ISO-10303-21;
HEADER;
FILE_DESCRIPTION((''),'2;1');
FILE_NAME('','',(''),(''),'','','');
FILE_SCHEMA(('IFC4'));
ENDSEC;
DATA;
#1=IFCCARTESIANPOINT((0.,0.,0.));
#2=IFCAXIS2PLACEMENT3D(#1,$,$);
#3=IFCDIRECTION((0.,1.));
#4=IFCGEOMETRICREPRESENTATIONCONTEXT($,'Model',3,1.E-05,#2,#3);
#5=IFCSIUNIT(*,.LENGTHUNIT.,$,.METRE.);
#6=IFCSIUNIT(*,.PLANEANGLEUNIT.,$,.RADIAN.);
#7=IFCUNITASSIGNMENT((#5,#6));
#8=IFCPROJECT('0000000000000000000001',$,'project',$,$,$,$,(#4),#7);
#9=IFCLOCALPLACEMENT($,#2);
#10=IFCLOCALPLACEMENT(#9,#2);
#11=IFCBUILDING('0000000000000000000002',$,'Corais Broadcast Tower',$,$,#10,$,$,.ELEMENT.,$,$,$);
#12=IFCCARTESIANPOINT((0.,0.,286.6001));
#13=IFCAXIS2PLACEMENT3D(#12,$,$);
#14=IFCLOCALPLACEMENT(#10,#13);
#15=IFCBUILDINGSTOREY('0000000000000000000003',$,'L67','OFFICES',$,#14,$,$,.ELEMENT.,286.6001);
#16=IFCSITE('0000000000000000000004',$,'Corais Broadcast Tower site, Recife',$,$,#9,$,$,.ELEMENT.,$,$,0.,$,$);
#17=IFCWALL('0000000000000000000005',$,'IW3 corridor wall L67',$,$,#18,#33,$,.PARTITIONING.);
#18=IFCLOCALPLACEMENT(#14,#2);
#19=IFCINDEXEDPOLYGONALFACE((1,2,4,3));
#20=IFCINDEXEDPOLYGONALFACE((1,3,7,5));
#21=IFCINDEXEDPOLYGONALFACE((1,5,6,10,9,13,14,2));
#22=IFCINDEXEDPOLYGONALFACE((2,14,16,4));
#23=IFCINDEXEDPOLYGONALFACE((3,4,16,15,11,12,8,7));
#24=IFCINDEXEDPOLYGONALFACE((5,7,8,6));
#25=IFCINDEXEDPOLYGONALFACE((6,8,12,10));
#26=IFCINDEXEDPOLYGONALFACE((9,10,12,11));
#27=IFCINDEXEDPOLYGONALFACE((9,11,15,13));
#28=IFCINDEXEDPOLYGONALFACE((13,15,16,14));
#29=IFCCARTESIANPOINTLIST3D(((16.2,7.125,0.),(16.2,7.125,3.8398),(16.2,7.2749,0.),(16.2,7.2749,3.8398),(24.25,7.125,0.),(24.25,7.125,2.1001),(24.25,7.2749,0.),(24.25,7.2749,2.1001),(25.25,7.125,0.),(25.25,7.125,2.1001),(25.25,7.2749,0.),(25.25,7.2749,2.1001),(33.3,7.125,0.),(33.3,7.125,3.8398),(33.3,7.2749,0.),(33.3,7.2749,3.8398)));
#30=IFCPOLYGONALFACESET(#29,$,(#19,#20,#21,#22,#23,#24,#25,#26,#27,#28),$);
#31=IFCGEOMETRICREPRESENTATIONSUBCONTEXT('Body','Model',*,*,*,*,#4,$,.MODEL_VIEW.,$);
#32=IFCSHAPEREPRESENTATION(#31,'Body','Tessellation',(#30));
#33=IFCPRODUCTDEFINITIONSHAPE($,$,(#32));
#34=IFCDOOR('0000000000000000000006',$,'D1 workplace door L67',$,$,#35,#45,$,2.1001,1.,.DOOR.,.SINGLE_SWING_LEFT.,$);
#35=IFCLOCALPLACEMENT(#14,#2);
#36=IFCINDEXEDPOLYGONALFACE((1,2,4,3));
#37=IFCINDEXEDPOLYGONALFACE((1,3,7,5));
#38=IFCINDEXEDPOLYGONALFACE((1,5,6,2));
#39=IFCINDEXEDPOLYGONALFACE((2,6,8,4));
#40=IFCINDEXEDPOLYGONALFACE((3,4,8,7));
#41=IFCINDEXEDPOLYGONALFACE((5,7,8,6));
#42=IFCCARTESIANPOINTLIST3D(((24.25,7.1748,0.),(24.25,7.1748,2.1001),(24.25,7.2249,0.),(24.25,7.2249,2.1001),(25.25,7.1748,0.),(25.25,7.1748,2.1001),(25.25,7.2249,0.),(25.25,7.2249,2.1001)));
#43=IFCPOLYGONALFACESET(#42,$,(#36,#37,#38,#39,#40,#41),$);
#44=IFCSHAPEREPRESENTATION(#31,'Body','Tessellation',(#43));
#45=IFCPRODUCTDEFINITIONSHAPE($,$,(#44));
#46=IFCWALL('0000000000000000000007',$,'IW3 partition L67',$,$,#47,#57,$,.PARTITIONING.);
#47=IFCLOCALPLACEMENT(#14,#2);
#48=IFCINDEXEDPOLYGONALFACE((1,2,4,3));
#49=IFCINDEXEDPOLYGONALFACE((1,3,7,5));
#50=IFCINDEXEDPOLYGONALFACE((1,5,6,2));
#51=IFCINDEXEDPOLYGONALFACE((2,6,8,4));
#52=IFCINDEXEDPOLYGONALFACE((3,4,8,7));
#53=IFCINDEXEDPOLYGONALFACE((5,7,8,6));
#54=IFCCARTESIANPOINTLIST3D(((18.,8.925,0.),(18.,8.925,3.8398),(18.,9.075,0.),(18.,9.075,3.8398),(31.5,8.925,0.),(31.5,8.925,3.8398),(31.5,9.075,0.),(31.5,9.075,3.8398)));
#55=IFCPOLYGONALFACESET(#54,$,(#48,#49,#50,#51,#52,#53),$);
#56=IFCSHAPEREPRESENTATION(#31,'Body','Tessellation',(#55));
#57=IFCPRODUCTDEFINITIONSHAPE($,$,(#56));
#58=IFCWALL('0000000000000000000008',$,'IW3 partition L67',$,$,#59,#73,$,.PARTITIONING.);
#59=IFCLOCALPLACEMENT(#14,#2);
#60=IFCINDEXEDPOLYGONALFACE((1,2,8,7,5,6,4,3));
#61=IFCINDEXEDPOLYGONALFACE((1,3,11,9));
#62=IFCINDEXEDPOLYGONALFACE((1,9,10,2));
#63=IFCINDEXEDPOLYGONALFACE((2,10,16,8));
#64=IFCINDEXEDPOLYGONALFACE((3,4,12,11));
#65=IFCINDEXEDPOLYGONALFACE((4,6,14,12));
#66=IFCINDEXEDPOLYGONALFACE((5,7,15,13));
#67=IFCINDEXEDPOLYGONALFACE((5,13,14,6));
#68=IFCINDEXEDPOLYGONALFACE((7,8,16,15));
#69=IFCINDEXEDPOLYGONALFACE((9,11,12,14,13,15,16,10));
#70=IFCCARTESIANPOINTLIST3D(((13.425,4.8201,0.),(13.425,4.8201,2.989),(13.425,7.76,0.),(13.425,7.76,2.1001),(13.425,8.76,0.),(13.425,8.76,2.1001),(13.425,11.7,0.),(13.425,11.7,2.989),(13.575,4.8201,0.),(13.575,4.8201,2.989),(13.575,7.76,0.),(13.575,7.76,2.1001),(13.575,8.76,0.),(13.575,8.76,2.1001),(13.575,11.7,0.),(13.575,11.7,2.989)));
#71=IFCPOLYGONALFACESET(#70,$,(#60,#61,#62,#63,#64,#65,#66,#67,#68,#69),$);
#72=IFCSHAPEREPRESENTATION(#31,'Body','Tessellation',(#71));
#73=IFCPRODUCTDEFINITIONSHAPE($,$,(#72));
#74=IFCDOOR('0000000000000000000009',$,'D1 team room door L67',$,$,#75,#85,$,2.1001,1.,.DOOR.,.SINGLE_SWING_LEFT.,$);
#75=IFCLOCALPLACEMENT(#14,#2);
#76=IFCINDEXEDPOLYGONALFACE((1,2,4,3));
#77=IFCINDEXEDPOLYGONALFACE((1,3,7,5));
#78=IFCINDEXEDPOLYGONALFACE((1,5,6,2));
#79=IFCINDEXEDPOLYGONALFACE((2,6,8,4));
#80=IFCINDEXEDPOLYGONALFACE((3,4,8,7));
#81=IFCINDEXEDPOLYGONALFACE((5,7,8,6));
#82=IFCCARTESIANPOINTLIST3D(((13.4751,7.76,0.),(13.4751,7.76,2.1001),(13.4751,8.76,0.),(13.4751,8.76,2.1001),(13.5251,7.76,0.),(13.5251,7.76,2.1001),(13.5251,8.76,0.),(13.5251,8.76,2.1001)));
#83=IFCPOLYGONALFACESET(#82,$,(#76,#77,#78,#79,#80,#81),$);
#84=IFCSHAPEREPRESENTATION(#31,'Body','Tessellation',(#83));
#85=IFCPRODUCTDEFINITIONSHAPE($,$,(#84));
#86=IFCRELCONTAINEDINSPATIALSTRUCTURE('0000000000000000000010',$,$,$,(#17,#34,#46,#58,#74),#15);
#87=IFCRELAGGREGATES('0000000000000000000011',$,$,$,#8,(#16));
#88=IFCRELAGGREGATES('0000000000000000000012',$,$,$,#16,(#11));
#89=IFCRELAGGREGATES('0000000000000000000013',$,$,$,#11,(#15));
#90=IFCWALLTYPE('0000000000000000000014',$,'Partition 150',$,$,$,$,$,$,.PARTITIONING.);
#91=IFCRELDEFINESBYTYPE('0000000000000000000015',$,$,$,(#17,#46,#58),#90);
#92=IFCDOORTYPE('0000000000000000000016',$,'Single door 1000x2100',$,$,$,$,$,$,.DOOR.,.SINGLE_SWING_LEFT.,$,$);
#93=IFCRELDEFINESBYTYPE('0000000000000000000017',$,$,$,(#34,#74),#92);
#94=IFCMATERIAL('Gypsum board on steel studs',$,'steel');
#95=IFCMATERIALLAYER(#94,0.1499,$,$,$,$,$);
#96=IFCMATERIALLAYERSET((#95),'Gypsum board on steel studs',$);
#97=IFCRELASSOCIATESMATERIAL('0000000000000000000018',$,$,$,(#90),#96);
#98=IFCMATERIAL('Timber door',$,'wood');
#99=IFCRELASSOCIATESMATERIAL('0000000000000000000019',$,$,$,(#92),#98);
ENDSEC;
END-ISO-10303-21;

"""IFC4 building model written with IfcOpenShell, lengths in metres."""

from ifc_helpers import new_model, si_unit, direction, frame, frame_2d, origin, place, context, subcontext, project, spatial, rectangle, extrude, material, layer, layer_set, type_object, element, fill, save


model = new_model("IFC4")

# Units and contexts
model_context = context("Model", 3, precision=1e-05, world=origin(), true_north=direction((0.0, 1.0)))
body_context = subcontext(model_context, "Body", "Model", "MODEL_VIEW")
ifc_project = project(units=[si_unit("LENGTHUNIT", "METRE"), si_unit("PLANEANGLEUNIT", "RADIAN")], contexts=[model_context])

# Site, building, storey
site_placement = place(None, origin())
site = spatial("IfcSite", under=ifc_project, at=site_placement, Name="Corais Broadcast Tower site, Recife", CompositionType="ELEMENT", RefElevation=0.0)
building_placement = place(site_placement, origin())
building = spatial("IfcBuilding", under=site, at=building_placement, Name="Corais Broadcast Tower", CompositionType="ELEMENT")
storey_placement = place(building_placement, frame((0.0, 0.0, 286.6001)))
storey = spatial("IfcBuildingStorey", under=building, at=storey_placement, Name="L67", Description="OFFICES", CompositionType="ELEMENT", Elevation=286.6001)

# Wall, opening, door
ifc_material_1 = material(Name="Gypsum board on steel studs", Category="steel")
ifc_layer_1 = layer(ifc_material_1, 0.1499)
ifc_layer_set_1 = layer_set([ifc_layer_1], Name="Gypsum board on steel studs")
wall_type = type_object("IfcWallType", Name="Partition 150", PredefinedType="PARTITIONING", material=ifc_layer_set_1)
wall_1_placement = place(storey_placement, frame((16.2, 7.2, 0.0), z_axis=(0.0, 0.0, 1.0), x_axis=(1.0, 0.0, 0.0)))
wall_1 = element("IfcWall", 1, at=wall_1_placement, inside=storey, type_object=wall_type, Name="IW3 corridor wall L67", PredefinedType="PARTITIONING", context=body_context, shape_type="SweptSolid", body=[
    extrude(rectangle(XDim=17.1001, YDim=0.1499, at=frame_2d((8.55, 0.0))), origin(), (0.0, 0.0, 1.0), 3.8398),
])
opening_1_placement = place(wall_1_placement, frame((8.05, 0.0, 0.0)))
opening_1 = element("IfcOpeningElement", 2, at=opening_1_placement, cuts=wall_1, PredefinedType="OPENING", context=body_context, shape_type="SweptSolid", body=[
    extrude(rectangle(XDim=1.0, YDim=2.1001, at=frame_2d((0.5, 1.05))), frame((0.0, 0.085, 0.0), z_axis=(0.0, -1.0, 0.0), x_axis=(1.0, 0.0, 0.0)), (0.0, 0.0, 1.0), 0.1699),
])
ifc_material_2 = material(Name="Timber door", Category="wood")
door_type = type_object("IfcDoorType", Name="Single door 1000x2100", OperationType="SINGLE_SWING_LEFT", PredefinedType="DOOR", material=ifc_material_2)
door_1_placement = place(opening_1_placement, origin())
door_1 = element("IfcDoor", 3, at=door_1_placement, inside=storey, type_object=door_type, Name="D1 workplace door L67", OperationType="SINGLE_SWING_LEFT", OverallHeight=2.1001, OverallWidth=1.0, PredefinedType="DOOR", context=body_context, shape_type="SweptSolid", body=[
    extrude(rectangle(XDim=1.0, YDim=2.1001, at=frame_2d((0.5, 1.05))), frame((0.0, 0.0249, 0.0), z_axis=(0.0, -1.0, 0.0), x_axis=(1.0, 0.0, 0.0)), (0.0, 0.0, 1.0), 0.05),
])
fill(opening_1, door_1)

# Wall
wall_2_placement = place(storey_placement, frame((18.0, 9.0, 0.0), z_axis=(0.0, 0.0, 1.0), x_axis=(1.0, 0.0, 0.0)))
element("IfcWall", 4, at=wall_2_placement, inside=storey, type_object=wall_type, Name="IW3 partition L67", PredefinedType="PARTITIONING", context=body_context, shape_type="SweptSolid", body=[
    extrude(rectangle(XDim=13.5, YDim=0.1499, at=frame_2d((6.75, 0.0))), origin(), (0.0, 0.0, 1.0), 3.8398),
])

# Wall, opening, door
wall_3_placement = place(storey_placement, frame((13.5, 4.8201, 0.0), z_axis=(0.0, 0.0, 1.0), x_axis=(0.0, 1.0, 0.0)))
wall_3 = element("IfcWall", 5, at=wall_3_placement, inside=storey, type_object=wall_type, Name="IW3 partition L67", PredefinedType="PARTITIONING", context=body_context, shape_type="SweptSolid", body=[
    extrude(rectangle(XDim=6.8799, YDim=0.1499, at=frame_2d((3.4399, 0.0))), origin(), (0.0, 0.0, 1.0), 2.989),
])
opening_2_placement = place(wall_3_placement, frame((2.9399, 0.0, 0.0)))
opening_2 = element("IfcOpeningElement", 6, at=opening_2_placement, cuts=wall_3, PredefinedType="OPENING", context=body_context, shape_type="SweptSolid", body=[
    extrude(rectangle(XDim=1.0, YDim=2.1001, at=frame_2d((0.5, 1.05))), frame((0.0, 0.085, 0.0), z_axis=(0.0, -1.0, 0.0), x_axis=(1.0, 0.0, 0.0)), (0.0, 0.0, 1.0), 0.1699),
])
door_2_placement = place(opening_2_placement, origin())
door_2 = element("IfcDoor", 7, at=door_2_placement, inside=storey, type_object=door_type, Name="D1 team room door L67", OperationType="SINGLE_SWING_LEFT", OverallHeight=2.1001, OverallWidth=1.0, PredefinedType="DOOR", context=body_context, shape_type="SweptSolid", body=[
    extrude(rectangle(XDim=1.0, YDim=2.1001, at=frame_2d((0.5, 1.05))), frame((0.0, 0.0249, 0.0), z_axis=(0.0, -1.0, 0.0), x_axis=(1.0, 0.0, 0.0)), (0.0, 0.0, 1.0), 0.05),
])
fill(opening_2, door_2)

save(model, "model.ifc")
